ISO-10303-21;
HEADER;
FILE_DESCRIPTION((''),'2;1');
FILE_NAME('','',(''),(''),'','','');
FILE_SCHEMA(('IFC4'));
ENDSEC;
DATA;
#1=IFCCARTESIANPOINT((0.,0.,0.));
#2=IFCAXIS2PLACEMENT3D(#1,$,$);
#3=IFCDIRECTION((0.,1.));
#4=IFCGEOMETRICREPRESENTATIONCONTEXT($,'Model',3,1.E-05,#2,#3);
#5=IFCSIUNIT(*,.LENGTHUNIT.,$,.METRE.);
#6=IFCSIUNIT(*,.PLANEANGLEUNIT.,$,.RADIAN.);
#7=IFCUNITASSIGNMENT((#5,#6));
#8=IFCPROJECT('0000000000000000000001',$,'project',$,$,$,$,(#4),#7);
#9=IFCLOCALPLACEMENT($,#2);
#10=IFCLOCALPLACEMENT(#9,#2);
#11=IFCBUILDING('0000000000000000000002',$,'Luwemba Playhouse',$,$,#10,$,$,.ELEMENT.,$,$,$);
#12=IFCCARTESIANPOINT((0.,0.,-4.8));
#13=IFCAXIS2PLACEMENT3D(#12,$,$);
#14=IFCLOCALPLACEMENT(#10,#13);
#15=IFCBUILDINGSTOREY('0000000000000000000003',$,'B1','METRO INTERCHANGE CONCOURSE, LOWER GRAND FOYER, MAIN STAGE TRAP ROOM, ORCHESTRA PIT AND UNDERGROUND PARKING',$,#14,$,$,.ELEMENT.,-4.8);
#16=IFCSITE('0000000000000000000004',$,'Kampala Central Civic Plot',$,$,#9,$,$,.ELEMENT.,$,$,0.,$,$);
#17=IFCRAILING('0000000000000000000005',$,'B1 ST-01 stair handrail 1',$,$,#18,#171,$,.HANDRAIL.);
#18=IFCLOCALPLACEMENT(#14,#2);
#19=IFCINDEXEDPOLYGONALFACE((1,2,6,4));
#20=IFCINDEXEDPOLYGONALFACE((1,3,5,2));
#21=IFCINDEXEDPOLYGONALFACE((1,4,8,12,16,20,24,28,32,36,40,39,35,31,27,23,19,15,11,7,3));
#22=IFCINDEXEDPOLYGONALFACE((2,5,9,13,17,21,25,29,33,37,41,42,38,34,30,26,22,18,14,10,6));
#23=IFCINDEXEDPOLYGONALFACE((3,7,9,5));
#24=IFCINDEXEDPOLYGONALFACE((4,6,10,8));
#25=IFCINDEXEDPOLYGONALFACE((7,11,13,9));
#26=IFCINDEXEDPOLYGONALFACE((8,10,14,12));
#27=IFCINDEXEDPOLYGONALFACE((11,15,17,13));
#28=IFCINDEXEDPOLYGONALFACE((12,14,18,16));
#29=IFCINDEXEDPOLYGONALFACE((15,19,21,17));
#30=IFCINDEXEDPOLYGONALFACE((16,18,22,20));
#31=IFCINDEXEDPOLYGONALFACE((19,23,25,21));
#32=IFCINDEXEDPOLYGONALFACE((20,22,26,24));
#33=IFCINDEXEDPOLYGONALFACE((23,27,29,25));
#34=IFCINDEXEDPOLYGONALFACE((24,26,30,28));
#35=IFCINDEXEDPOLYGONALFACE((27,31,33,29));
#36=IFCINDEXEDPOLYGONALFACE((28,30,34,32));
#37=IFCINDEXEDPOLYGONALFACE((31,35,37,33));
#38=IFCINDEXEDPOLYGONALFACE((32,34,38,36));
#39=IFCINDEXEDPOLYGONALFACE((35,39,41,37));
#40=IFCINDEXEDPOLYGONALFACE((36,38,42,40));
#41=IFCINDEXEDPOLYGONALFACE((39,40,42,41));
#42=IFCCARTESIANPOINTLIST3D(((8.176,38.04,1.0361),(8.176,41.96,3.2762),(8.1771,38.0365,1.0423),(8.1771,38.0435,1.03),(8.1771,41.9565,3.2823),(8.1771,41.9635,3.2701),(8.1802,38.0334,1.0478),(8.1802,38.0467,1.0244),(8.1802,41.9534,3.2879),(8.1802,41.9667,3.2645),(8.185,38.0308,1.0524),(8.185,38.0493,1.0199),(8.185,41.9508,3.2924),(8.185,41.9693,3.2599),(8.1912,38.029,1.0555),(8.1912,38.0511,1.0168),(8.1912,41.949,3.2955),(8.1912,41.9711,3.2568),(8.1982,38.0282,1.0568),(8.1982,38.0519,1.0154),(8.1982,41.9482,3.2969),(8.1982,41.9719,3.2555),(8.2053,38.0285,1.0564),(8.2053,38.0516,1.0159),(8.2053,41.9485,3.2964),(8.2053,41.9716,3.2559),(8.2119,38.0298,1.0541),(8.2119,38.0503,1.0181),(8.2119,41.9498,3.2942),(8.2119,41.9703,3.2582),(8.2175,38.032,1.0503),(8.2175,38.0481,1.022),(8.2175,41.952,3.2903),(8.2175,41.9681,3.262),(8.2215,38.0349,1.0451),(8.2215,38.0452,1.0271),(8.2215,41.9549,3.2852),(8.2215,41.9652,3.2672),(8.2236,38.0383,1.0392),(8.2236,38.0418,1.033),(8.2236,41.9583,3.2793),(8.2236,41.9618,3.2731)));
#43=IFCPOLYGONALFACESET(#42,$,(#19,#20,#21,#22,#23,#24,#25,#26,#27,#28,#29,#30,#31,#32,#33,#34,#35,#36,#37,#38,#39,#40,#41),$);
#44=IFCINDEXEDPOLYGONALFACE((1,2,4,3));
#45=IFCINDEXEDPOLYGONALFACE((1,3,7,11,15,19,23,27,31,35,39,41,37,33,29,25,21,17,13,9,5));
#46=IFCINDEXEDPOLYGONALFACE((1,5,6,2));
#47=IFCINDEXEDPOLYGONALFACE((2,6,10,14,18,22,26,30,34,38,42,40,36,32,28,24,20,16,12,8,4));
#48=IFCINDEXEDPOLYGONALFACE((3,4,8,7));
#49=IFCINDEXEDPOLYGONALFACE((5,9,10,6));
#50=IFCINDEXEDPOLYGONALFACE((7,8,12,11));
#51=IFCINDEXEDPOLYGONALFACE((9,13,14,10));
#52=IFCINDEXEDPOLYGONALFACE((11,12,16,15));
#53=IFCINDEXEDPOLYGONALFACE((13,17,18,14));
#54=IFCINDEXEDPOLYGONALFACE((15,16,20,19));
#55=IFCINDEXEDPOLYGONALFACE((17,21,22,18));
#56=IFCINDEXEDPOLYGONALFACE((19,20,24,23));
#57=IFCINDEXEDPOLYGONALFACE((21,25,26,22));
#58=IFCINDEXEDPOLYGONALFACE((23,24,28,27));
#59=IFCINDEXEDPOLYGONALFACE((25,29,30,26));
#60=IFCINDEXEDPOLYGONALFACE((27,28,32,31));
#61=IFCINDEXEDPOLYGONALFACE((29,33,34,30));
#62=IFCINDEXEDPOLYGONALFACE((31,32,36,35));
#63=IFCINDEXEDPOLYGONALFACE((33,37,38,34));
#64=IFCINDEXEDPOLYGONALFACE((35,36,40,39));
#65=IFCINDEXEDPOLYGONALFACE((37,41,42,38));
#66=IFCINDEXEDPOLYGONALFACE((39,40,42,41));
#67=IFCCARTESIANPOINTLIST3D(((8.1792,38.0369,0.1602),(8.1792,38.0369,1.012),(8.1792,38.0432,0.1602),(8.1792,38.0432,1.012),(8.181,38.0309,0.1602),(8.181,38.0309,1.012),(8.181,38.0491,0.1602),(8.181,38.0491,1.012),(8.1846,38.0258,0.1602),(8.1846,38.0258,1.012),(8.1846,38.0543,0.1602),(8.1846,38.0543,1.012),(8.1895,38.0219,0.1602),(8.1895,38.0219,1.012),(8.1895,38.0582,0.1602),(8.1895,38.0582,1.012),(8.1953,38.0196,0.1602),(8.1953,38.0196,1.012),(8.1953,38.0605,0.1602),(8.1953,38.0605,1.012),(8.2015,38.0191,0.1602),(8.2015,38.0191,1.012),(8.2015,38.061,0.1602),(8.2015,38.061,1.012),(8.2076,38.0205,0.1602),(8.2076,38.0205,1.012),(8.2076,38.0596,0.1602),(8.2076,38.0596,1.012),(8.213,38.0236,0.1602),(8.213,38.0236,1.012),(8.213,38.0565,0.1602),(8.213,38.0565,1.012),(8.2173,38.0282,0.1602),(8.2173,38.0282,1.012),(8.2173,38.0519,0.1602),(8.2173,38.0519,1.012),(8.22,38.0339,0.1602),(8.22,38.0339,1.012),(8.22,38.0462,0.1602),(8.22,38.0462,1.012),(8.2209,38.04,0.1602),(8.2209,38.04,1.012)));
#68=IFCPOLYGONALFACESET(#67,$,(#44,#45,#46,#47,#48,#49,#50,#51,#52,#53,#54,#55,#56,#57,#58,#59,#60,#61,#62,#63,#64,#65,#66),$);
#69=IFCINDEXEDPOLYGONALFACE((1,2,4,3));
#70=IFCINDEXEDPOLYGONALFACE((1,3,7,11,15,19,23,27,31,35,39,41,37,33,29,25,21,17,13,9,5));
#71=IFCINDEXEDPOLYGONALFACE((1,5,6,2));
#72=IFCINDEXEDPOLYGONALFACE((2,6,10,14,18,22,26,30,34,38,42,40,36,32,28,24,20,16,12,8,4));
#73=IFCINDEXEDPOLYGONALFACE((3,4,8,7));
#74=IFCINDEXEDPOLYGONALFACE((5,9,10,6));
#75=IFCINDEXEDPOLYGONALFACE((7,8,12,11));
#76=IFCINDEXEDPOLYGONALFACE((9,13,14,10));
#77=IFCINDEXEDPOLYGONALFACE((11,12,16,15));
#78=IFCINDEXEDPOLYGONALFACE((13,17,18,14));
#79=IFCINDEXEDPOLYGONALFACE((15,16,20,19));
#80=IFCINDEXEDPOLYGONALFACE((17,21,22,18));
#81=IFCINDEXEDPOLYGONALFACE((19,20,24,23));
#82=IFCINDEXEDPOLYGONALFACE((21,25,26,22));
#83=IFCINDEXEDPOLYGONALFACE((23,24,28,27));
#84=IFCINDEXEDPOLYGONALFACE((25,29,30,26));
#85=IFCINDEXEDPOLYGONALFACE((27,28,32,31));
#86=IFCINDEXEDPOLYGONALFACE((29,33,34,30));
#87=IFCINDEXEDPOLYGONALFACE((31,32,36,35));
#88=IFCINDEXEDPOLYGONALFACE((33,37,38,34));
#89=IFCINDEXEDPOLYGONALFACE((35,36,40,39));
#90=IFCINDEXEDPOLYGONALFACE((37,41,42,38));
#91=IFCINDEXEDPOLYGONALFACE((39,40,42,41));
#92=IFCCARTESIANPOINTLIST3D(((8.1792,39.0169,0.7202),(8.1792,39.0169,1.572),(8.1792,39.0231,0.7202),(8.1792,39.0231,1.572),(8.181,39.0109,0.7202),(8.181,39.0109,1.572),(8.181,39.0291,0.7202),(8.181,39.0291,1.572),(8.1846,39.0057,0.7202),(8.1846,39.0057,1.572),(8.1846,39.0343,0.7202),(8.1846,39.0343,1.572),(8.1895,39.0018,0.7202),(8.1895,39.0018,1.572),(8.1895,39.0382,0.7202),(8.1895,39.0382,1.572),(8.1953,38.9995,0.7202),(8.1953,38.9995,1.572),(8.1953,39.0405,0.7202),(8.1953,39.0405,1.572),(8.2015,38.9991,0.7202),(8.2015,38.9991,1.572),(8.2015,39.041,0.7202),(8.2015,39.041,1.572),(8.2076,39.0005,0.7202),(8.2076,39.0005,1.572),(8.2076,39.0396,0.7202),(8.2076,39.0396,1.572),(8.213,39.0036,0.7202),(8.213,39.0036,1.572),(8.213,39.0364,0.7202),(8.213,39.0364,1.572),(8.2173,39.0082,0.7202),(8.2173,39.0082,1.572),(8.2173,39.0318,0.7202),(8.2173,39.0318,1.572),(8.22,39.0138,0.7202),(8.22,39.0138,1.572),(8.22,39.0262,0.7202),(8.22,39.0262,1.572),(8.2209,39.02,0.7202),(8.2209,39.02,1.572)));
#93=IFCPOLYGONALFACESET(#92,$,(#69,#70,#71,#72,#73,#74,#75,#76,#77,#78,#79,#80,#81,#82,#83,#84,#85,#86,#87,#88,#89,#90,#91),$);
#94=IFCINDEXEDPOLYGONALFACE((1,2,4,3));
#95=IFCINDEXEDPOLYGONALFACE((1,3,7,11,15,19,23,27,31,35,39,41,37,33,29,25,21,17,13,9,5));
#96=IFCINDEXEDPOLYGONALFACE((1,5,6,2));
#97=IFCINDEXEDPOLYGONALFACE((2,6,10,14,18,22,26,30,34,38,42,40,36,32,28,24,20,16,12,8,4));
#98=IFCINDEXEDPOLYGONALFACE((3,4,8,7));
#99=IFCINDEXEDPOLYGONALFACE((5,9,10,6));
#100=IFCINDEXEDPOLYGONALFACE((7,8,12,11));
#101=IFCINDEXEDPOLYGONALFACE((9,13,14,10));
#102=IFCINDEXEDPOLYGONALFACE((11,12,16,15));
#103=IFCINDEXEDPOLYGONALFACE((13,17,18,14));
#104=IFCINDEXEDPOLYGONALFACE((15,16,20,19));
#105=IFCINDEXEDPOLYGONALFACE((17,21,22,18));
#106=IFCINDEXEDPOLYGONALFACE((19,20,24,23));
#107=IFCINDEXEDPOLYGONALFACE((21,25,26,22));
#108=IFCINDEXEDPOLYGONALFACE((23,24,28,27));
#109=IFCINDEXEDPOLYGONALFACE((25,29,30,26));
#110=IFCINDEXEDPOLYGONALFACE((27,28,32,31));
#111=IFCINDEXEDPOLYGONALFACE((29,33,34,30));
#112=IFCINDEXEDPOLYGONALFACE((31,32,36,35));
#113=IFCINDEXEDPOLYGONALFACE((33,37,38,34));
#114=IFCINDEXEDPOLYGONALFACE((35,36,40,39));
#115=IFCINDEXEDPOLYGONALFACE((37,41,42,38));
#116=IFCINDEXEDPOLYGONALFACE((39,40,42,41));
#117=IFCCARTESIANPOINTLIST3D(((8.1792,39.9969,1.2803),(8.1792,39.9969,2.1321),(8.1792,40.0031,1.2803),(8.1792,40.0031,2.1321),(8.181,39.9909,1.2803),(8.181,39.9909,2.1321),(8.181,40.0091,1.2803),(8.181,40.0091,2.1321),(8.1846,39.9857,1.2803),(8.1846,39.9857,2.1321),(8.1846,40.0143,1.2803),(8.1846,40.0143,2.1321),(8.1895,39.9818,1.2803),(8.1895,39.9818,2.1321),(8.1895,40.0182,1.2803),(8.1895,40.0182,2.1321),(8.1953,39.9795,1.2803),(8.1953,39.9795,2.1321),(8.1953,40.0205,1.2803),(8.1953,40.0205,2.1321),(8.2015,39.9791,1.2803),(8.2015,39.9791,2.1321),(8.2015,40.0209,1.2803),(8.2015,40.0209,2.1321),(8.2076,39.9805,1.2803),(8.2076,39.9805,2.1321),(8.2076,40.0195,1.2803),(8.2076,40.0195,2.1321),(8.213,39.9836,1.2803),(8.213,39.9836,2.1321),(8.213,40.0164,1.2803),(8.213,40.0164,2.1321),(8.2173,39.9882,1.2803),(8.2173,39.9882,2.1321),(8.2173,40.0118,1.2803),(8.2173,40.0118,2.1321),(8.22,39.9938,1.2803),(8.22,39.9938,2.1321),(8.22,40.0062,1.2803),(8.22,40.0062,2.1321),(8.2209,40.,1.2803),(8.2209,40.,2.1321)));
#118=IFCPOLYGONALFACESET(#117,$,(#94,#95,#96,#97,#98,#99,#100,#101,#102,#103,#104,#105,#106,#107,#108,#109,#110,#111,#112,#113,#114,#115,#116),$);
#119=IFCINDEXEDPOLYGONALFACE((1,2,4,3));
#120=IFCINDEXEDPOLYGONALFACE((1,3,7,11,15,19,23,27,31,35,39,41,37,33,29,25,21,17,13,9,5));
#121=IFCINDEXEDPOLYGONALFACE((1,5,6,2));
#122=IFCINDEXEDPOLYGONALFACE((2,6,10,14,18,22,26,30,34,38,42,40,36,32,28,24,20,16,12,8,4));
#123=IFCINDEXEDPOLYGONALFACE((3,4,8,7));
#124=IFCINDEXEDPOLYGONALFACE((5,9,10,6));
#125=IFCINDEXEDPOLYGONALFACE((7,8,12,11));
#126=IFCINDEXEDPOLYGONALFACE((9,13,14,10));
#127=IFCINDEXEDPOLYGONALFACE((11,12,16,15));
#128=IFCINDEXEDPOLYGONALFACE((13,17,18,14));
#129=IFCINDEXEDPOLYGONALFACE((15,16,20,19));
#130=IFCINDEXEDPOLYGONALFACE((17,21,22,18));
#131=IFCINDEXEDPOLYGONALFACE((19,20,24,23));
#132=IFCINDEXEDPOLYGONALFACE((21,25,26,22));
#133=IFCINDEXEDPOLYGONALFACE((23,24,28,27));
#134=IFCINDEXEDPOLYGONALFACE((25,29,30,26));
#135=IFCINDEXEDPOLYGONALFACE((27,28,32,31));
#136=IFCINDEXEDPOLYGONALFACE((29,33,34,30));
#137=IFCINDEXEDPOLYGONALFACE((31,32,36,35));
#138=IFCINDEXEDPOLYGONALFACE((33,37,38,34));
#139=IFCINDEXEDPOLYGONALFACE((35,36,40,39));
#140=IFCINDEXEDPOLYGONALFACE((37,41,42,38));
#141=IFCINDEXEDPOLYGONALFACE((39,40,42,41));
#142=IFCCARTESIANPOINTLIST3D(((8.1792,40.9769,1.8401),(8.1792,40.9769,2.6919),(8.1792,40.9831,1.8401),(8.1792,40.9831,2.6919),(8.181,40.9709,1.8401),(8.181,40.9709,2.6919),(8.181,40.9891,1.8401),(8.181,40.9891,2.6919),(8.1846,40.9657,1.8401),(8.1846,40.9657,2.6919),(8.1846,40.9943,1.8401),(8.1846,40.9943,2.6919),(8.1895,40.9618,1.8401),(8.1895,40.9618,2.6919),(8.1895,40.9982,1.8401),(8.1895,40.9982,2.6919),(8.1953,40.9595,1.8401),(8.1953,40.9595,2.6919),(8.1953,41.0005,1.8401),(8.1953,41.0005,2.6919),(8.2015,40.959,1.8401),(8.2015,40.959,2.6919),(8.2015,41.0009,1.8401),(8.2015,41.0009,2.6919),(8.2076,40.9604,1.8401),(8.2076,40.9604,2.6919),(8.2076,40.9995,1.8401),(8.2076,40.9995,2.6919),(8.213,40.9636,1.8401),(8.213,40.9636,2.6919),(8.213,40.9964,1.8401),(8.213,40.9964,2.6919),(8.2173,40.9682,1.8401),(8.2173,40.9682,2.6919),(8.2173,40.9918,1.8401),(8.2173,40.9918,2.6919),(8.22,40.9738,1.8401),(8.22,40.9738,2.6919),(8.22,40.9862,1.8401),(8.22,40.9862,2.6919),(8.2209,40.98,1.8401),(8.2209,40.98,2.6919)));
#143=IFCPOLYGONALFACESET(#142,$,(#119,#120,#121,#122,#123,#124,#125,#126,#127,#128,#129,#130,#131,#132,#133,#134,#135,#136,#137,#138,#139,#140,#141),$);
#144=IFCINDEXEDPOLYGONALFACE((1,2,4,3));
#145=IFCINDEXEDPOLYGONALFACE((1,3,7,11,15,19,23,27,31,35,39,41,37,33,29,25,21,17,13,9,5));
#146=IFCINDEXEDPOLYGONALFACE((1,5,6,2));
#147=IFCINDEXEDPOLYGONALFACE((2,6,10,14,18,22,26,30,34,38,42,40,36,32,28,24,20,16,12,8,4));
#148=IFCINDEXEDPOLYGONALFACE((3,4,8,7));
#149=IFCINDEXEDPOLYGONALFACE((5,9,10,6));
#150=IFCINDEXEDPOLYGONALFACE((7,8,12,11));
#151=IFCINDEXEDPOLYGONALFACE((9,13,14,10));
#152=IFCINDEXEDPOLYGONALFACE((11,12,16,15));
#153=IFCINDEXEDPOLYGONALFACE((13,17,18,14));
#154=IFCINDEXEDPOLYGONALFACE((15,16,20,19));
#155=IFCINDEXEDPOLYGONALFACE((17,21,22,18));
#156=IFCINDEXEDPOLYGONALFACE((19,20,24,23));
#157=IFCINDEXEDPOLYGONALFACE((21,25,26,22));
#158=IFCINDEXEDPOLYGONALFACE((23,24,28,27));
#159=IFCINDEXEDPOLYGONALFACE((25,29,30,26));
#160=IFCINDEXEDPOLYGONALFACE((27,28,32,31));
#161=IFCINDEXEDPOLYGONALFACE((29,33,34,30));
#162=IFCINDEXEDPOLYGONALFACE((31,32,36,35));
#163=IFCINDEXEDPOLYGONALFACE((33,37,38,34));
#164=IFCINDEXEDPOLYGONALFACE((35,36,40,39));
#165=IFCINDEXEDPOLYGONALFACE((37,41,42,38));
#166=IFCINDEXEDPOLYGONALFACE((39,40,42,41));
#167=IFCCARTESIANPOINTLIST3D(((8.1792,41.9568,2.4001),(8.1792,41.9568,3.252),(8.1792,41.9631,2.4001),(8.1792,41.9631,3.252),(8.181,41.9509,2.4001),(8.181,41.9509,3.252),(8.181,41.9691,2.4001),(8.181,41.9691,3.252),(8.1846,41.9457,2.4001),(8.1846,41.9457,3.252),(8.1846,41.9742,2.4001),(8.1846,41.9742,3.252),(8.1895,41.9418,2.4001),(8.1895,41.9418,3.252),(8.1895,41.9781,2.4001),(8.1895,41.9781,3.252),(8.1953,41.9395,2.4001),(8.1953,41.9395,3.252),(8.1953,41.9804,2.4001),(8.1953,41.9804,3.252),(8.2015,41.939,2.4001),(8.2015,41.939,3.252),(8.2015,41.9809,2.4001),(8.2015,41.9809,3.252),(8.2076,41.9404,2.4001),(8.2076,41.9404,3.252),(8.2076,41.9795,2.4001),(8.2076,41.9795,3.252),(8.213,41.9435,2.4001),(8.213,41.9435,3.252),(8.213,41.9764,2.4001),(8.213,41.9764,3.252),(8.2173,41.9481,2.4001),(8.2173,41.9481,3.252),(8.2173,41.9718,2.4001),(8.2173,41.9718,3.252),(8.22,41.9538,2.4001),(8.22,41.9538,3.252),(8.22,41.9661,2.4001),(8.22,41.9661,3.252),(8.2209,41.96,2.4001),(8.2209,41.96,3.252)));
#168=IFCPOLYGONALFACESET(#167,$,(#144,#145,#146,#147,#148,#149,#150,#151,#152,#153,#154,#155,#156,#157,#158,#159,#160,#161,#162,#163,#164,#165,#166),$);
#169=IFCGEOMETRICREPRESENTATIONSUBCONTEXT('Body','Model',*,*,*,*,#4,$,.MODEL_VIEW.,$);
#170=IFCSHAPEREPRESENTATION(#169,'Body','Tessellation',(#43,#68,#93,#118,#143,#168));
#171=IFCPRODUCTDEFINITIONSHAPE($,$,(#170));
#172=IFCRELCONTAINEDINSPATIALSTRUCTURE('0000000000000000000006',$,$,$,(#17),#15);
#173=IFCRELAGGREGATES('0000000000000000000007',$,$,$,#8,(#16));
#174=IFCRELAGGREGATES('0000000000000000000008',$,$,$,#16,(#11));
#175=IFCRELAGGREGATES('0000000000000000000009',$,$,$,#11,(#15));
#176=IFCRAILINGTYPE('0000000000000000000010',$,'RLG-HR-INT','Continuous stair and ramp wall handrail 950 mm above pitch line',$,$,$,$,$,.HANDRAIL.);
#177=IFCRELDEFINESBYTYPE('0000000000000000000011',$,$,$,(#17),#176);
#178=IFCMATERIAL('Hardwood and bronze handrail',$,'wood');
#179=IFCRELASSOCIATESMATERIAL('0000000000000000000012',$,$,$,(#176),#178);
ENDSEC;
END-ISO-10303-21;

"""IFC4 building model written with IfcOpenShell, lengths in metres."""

from ifc_helpers import new_model, si_unit, direction, frame, origin, origin_2d, place, context, subcontext, project, spatial, circle, extrude, material, type_object, element, save


model = new_model("IFC4")

# Units and contexts
model_context = context("Model", 3, precision=1e-05, world=origin(), true_north=direction((0.0, 1.0)))
body_context = subcontext(model_context, "Body", "Model", "MODEL_VIEW")
ifc_project = project(units=[si_unit("LENGTHUNIT", "METRE"), si_unit("PLANEANGLEUNIT", "RADIAN")], contexts=[model_context])

# Site, building, storey
site_placement = place(None, origin())
site = spatial("IfcSite", under=ifc_project, at=site_placement, Name="Kampala Central Civic Plot", CompositionType="ELEMENT", RefElevation=0.0)
building_placement = place(site_placement, origin())
building = spatial("IfcBuilding", under=site, at=building_placement, Name="Luwemba Playhouse", CompositionType="ELEMENT")
storey_placement = place(building_placement, frame((0.0, 0.0, -4.8)))
storey = spatial("IfcBuildingStorey", under=building, at=storey_placement, Name="B1", Description="METRO INTERCHANGE CONCOURSE, LOWER GRAND FOYER, MAIN STAGE TRAP ROOM, ORCHESTRA PIT AND UNDERGROUND PARKING", CompositionType="ELEMENT", Elevation=-4.8)

# Railing
ifc_material_1 = material(Name="Hardwood and bronze handrail", Category="wood")
railing_type_1 = type_object("IfcRailingType", Name="RLG-HR-INT", Description="Continuous stair and ramp wall handrail 950 mm above pitch line", PredefinedType="HANDRAIL", material=ifc_material_1)
railing_1_placement = place(storey_placement, frame((8.2, 38.04, 0.1602)))
element("IfcRailing", 1, at=railing_1_placement, inside=storey, type_object=railing_type_1, Name="B1 ST-01 stair handrail 1", PredefinedType="HANDRAIL", context=body_context, shape_type="SweptSolid", body=[
    extrude(circle(Radius=0.0239, at=origin_2d()), frame((0.0, 0.0, 0.876), z_axis=(0.0, 0.86824, 0.496145), x_axis=(-1.0, 0.0, 0.0)), (0.0, 0.0, 1.0), 4.5149),
    extrude(circle(Radius=0.021, at=origin_2d()), origin(), (0.0, 0.0, 1.0), 0.8518),
    extrude(circle(Radius=0.021, at=origin_2d()), frame((0.0, 0.98, 0.5601)), (0.0, 0.0, 1.0), 0.8518),
    extrude(circle(Radius=0.021, at=origin_2d()), frame((0.0, 1.96, 1.1201)), (0.0, 0.0, 1.0), 0.8518),
    extrude(circle(Radius=0.021, at=origin_2d()), frame((0.0, 2.9399, 1.6799)), (0.0, 0.0, 1.0), 0.8518),
    extrude(circle(Radius=0.021, at=origin_2d()), frame((0.0, 3.9199, 2.24)), (0.0, 0.0, 1.0), 0.8518),
])

save(model, "model.ifc")
